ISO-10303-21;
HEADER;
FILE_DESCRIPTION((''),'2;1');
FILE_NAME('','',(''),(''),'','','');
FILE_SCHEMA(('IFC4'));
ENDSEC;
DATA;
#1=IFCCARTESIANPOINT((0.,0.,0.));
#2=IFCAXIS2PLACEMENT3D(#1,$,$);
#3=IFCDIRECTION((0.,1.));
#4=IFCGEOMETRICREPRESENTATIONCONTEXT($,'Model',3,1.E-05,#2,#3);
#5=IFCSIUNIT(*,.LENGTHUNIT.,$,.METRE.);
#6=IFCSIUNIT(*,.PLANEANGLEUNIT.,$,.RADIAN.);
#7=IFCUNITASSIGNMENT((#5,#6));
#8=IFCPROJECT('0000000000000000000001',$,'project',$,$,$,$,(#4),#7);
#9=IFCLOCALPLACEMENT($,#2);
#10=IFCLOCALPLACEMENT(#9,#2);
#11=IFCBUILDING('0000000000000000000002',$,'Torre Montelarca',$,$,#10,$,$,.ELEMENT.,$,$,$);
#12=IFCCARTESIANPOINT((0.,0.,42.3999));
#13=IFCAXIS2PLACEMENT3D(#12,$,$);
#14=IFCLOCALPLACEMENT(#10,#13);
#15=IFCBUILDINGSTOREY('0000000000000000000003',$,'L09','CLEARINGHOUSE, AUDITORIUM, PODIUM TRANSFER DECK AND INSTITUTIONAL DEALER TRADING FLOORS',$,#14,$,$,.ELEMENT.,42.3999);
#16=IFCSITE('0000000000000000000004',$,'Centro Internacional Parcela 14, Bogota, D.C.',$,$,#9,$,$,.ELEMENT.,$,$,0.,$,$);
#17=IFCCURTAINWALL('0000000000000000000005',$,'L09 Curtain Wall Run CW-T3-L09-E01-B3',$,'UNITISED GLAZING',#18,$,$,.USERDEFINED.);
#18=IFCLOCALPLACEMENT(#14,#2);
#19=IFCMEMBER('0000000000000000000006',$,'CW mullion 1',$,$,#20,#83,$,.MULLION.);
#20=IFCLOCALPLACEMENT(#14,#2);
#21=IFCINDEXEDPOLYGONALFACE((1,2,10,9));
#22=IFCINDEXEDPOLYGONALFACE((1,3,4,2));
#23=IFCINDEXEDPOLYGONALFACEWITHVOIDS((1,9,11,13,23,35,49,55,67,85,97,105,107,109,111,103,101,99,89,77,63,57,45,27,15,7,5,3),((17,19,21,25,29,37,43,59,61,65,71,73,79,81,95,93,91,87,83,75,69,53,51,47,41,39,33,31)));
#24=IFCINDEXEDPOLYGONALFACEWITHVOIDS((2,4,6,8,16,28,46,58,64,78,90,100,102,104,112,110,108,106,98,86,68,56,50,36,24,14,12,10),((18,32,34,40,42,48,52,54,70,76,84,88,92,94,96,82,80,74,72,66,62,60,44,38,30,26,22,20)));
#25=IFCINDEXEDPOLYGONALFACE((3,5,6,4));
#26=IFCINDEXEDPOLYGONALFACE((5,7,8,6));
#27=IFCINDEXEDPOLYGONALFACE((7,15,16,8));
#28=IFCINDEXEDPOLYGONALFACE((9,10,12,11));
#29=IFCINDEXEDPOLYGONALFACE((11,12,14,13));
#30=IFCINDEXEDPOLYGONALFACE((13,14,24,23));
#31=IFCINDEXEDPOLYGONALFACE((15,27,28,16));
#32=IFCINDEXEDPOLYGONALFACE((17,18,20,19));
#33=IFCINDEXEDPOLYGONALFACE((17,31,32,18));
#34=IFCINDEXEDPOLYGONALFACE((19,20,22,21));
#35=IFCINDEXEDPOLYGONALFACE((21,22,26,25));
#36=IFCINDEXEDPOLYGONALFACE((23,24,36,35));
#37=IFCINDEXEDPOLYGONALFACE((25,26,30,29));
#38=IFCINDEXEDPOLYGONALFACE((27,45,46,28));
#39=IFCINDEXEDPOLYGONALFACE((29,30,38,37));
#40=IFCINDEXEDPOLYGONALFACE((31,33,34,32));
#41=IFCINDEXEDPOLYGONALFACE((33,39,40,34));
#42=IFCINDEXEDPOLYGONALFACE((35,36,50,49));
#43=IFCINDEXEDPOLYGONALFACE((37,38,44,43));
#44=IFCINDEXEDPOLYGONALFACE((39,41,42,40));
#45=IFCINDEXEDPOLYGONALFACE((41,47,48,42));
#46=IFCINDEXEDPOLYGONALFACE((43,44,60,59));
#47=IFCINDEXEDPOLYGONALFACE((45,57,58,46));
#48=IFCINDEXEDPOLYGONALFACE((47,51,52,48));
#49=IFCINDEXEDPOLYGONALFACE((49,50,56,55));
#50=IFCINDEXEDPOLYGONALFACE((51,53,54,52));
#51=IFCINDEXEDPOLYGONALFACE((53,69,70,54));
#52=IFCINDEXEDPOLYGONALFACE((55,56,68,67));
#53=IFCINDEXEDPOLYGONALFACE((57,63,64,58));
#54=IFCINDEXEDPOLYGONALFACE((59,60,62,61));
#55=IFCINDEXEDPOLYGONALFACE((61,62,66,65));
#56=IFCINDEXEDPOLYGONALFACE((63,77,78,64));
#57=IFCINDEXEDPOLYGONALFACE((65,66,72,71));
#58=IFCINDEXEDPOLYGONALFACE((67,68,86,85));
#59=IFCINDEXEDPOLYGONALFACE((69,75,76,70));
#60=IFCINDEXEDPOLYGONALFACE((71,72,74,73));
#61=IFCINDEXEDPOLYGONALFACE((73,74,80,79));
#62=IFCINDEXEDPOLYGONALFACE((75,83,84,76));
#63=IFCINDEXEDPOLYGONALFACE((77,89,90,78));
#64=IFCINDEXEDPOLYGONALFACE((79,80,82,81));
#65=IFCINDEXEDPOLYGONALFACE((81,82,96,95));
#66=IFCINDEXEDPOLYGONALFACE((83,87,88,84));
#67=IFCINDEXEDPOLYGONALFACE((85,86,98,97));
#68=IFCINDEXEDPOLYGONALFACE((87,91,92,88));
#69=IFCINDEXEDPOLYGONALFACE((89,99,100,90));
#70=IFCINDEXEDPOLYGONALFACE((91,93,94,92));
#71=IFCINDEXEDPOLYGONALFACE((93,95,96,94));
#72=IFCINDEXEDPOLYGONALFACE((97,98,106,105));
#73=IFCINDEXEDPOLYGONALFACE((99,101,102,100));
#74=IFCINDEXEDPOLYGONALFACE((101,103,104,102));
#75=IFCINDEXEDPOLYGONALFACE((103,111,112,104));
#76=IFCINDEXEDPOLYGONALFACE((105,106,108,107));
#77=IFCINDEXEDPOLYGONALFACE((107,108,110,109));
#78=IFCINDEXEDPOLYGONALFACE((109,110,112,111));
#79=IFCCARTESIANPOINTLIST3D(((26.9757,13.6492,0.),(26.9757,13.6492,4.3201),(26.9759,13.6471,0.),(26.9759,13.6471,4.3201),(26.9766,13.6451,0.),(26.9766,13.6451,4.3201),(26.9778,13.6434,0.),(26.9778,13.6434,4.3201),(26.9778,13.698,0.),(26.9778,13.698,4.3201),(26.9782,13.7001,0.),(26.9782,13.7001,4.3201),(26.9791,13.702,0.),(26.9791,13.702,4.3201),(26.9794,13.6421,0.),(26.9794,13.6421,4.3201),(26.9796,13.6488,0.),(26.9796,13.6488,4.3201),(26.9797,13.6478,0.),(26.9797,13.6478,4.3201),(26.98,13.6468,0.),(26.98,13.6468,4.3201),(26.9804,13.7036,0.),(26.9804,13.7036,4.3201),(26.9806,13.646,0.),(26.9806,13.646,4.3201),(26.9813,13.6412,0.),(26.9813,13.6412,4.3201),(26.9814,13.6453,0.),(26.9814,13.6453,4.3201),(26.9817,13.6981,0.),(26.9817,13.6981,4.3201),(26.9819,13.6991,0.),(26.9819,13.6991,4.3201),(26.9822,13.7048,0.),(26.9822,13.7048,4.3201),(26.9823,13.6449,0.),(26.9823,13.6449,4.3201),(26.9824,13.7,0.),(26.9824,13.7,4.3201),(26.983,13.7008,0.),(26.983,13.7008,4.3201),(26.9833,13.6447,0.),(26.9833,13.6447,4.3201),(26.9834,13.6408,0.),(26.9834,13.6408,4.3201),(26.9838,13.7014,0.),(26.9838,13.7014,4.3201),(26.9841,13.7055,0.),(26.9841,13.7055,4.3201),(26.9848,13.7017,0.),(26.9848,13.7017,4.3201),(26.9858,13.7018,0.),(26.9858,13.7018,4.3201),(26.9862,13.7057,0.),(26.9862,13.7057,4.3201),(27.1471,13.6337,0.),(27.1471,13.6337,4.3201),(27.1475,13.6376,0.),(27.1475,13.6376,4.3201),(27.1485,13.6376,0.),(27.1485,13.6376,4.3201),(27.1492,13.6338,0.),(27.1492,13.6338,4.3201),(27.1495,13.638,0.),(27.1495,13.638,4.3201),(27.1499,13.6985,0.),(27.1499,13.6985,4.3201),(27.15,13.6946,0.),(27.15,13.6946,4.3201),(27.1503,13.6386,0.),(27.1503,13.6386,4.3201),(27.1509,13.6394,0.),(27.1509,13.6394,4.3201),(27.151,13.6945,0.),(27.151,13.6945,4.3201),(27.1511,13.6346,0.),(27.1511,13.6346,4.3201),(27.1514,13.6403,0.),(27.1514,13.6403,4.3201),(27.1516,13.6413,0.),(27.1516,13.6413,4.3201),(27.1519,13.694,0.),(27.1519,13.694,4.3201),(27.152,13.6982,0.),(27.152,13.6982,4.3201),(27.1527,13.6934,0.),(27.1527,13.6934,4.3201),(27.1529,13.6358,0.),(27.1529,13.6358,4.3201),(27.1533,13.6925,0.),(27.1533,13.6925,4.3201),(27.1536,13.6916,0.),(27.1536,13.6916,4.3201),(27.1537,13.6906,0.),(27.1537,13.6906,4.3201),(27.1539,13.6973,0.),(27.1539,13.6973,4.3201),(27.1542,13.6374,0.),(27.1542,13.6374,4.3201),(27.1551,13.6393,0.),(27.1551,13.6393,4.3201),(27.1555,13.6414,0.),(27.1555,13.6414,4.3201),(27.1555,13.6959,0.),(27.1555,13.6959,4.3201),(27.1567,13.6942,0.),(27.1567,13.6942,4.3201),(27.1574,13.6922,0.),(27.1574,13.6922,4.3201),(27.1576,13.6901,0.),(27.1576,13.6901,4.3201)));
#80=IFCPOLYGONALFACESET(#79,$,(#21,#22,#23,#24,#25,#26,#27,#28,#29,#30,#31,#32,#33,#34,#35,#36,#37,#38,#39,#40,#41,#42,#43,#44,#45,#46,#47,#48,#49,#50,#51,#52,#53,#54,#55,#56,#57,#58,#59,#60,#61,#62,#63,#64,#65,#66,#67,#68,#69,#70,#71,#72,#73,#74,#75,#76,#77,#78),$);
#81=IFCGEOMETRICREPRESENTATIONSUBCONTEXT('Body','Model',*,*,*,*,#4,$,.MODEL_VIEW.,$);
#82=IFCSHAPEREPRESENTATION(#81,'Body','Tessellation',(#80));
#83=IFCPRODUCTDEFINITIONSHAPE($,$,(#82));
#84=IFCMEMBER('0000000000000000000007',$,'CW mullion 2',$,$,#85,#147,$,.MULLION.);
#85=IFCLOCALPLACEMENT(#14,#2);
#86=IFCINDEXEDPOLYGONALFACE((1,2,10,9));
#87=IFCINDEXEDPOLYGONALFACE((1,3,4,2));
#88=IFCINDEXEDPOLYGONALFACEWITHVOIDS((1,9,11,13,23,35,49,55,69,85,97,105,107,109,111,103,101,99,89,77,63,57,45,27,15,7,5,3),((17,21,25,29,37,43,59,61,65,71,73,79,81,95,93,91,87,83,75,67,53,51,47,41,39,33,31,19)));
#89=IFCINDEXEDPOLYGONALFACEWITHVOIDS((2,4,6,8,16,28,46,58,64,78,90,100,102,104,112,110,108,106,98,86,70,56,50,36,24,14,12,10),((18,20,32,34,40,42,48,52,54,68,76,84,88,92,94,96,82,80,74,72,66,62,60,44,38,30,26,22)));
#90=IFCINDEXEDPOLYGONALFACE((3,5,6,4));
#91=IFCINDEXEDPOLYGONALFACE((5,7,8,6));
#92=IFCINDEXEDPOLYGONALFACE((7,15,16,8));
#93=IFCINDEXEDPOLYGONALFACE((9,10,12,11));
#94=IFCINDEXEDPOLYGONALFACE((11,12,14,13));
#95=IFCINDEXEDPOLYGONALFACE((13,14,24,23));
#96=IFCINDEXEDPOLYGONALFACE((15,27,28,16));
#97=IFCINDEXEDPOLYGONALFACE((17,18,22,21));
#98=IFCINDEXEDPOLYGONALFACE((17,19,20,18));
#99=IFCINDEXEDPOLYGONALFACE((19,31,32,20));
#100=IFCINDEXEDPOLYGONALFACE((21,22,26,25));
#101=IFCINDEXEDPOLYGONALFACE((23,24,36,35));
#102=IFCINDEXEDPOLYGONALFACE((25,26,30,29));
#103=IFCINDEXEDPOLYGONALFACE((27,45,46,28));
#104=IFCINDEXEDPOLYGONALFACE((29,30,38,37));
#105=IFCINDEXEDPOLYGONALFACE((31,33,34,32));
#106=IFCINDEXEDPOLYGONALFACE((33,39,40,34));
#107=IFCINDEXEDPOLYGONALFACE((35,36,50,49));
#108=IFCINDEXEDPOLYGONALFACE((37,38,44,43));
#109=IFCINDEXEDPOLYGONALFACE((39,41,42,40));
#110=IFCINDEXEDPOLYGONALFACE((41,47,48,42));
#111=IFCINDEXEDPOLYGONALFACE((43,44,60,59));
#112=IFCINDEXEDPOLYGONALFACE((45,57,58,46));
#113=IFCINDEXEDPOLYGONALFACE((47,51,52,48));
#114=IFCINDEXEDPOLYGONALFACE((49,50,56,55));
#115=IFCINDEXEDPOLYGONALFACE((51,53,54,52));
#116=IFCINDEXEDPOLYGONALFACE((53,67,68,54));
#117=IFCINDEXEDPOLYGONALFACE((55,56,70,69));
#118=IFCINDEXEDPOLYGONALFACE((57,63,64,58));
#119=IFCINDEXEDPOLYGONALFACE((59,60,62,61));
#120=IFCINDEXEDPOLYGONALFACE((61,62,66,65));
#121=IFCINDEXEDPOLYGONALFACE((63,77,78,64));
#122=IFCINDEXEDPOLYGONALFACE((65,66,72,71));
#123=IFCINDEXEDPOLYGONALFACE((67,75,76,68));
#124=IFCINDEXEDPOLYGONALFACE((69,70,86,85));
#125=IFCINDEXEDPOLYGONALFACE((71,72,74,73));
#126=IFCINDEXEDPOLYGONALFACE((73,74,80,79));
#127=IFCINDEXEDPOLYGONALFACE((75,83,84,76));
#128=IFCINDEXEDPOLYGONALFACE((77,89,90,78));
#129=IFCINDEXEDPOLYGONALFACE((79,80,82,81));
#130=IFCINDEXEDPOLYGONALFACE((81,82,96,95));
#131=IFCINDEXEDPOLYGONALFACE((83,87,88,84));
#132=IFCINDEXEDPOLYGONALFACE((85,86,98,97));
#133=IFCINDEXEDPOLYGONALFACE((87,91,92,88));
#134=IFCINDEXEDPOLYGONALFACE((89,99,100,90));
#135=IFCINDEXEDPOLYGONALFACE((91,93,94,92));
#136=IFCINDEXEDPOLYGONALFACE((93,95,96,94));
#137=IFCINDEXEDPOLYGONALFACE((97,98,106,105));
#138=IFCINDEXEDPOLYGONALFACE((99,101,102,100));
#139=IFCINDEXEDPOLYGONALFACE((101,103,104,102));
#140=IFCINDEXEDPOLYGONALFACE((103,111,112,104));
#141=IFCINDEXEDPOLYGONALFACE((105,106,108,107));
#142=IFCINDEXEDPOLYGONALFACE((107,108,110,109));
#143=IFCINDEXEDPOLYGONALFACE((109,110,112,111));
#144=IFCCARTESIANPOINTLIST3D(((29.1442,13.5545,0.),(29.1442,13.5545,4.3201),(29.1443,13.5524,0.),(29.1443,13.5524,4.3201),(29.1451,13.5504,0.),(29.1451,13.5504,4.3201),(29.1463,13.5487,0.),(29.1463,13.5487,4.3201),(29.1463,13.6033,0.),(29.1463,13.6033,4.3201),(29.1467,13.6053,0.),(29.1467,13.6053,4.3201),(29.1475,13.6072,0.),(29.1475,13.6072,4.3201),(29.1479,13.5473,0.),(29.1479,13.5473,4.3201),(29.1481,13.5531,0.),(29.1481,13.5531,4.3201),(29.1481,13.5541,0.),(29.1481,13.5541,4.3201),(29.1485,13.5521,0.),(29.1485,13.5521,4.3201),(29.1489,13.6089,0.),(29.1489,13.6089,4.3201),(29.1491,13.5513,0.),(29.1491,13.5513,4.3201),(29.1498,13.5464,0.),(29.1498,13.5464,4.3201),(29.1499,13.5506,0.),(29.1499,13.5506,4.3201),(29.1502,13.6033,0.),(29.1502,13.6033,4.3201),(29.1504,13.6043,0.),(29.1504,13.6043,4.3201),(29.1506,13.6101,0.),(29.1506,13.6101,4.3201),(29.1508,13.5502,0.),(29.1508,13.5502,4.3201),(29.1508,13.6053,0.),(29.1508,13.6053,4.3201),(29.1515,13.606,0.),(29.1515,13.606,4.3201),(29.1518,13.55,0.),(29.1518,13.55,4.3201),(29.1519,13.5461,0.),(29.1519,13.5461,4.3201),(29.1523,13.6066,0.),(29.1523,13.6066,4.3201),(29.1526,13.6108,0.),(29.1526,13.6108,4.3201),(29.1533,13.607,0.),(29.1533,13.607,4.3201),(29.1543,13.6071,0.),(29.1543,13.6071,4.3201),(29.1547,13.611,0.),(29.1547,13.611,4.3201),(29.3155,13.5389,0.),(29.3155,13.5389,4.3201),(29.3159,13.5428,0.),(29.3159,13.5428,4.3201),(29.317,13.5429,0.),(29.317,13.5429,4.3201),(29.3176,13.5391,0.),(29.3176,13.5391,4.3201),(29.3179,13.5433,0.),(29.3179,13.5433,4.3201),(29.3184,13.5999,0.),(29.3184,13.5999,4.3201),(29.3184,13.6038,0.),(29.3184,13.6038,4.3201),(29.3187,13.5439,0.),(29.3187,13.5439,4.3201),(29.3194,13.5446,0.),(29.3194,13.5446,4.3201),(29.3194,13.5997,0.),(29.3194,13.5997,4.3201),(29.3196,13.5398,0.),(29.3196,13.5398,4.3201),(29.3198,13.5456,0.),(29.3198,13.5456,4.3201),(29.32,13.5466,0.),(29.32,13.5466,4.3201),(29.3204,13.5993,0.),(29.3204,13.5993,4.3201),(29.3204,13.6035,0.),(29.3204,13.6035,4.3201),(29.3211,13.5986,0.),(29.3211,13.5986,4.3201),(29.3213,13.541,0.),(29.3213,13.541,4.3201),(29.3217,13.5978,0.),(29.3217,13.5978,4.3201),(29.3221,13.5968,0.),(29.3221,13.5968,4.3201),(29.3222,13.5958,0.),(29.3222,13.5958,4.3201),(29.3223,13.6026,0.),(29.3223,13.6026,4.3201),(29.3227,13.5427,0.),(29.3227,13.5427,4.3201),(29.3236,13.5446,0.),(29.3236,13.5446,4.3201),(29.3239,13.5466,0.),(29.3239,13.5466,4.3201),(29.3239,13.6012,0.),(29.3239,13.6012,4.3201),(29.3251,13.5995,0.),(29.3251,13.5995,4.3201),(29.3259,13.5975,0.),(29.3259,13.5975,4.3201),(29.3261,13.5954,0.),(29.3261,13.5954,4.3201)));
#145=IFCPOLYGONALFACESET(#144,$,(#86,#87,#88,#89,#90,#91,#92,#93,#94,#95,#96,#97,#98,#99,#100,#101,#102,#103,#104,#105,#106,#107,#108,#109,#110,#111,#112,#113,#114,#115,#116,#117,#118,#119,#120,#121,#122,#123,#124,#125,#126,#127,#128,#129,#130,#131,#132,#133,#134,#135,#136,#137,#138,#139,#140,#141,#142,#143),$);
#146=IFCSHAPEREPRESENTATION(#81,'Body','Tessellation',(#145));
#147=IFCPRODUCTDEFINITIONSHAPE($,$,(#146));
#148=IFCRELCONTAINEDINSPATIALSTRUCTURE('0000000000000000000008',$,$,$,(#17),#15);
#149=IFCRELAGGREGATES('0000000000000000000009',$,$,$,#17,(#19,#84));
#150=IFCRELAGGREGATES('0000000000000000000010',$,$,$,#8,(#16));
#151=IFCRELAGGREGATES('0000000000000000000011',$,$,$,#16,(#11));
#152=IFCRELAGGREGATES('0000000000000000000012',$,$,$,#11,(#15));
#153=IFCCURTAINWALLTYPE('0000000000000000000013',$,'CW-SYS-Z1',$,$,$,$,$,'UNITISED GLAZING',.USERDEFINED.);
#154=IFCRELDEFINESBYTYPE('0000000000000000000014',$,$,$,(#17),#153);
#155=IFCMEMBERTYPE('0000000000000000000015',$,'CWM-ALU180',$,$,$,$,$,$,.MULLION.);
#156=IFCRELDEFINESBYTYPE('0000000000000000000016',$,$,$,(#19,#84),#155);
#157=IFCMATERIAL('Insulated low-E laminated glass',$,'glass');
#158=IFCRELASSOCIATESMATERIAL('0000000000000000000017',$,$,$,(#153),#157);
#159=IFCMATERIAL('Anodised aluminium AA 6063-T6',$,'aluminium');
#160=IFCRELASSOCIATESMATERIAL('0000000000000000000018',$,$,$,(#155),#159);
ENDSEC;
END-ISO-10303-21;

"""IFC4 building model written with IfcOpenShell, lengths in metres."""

from ifc_helpers import new_model, si_unit, direction, frame, origin, origin_2d, place, context, subcontext, project, spatial, hollow_rectangle, extrude, source, transform, mapped, material, material_profile, profile_set, type_object, element, aggregate, save


model = new_model("IFC4")

# Units and contexts
model_context = context("Model", 3, precision=1e-05, world=origin(), true_north=direction((0.0, 1.0)))
body_context = subcontext(model_context, "Body", "Model", "MODEL_VIEW")
ifc_project = project(units=[si_unit("LENGTHUNIT", "METRE"), si_unit("PLANEANGLEUNIT", "RADIAN")], contexts=[model_context])

# Site, building, storey
site_placement = place(None, origin())
site = spatial("IfcSite", under=ifc_project, at=site_placement, Name="Centro Internacional Parcela 14, Bogota, D.C.", CompositionType="ELEMENT", RefElevation=0.0)
building_placement = place(site_placement, origin())
building = spatial("IfcBuilding", under=site, at=building_placement, Name="Torre Montelarca", CompositionType="ELEMENT")
storey_placement = place(building_placement, frame((0.0, 0.0, 42.3999)))
storey = spatial("IfcBuildingStorey", under=building, at=storey_placement, Name="L09", Description="CLEARINGHOUSE, AUDITORIUM, PODIUM TRANSFER DECK AND INSTITUTIONAL DEALER TRADING FLOORS", CompositionType="ELEMENT", Elevation=42.3999)

# Curtain wall, members
ifc_material_1 = material(Name="Insulated low-E laminated glass", Category="glass")
curtain_wall_type = type_object("IfcCurtainWallType", Name="CW-SYS-Z1", ElementType="UNITISED GLAZING", PredefinedType="USERDEFINED", material=ifc_material_1)
ifc_material_2 = material(Name="Anodised aluminium AA 6063-T6", Category="aluminium")
ifc_material_profile_1 = material_profile(ifc_material_2, hollow_rectangle(XDim=0.0649, YDim=0.1799, WallThickness=0.0039, InnerFilletRadius=0.0039, OuterFilletRadius=0.0081, at=origin_2d()), Name="ALU65X180X4", Category="aluminium")
ifc_profile_set_1 = profile_set([ifc_material_profile_1], Name="Anodised aluminium AA 6063-T6")
member_type_1 = type_object("IfcMemberType", Name="CWM-ALU180", PredefinedType="MULLION", material=ifc_profile_set_1)
shared_shape_1 = source(origin(), body_context, "Body", "SweptSolid", [
    extrude(hollow_rectangle(XDim=0.0649, YDim=0.1799, WallThickness=0.0039, InnerFilletRadius=0.0039, OuterFilletRadius=0.0081, at=origin_2d()), origin(), (0.0, 0.0, 1.0), 4.3201),
])
curtain_wall_1_placement = place(storey_placement, origin())
curtain_wall_1 = element("IfcCurtainWall", 1, at=curtain_wall_1_placement, inside=storey, type_object=curtain_wall_type, Name="L09 Curtain Wall Run CW-T3-L09-E01-B3", ObjectType="UNITISED GLAZING", PredefinedType="USERDEFINED")
member_1_placement = place(storey_placement, frame((27.0667, 13.6697, 0.0), z_axis=(0.0, 0.0, 1.0), x_axis=(0.043603, 0.999049, 0.0)))
member_1 = element("IfcMember", 2, at=member_1_placement, type_object=member_type_1, Name="CW mullion 1", PredefinedType="MULLION", context=body_context, shape_type="MappedRepresentation", body=[
    mapped(shared_shape_1, transform((0.0, 0.0, 0.0), scale=1.0)),
])
member_2_placement = place(storey_placement, frame((29.2351, 13.575, 0.0), z_axis=(0.0, 0.0, 1.0), x_axis=(0.043603, 0.999049, 0.0)))
member_2 = element("IfcMember", 3, at=member_2_placement, type_object=member_type_1, Name="CW mullion 2", PredefinedType="MULLION", context=body_context, shape_type="MappedRepresentation", body=[
    mapped(shared_shape_1, transform((0.0, 0.0, 0.0), scale=1.0)),
])

aggregate(curtain_wall_1, [member_1, member_2])

save(model, "model.ifc")
